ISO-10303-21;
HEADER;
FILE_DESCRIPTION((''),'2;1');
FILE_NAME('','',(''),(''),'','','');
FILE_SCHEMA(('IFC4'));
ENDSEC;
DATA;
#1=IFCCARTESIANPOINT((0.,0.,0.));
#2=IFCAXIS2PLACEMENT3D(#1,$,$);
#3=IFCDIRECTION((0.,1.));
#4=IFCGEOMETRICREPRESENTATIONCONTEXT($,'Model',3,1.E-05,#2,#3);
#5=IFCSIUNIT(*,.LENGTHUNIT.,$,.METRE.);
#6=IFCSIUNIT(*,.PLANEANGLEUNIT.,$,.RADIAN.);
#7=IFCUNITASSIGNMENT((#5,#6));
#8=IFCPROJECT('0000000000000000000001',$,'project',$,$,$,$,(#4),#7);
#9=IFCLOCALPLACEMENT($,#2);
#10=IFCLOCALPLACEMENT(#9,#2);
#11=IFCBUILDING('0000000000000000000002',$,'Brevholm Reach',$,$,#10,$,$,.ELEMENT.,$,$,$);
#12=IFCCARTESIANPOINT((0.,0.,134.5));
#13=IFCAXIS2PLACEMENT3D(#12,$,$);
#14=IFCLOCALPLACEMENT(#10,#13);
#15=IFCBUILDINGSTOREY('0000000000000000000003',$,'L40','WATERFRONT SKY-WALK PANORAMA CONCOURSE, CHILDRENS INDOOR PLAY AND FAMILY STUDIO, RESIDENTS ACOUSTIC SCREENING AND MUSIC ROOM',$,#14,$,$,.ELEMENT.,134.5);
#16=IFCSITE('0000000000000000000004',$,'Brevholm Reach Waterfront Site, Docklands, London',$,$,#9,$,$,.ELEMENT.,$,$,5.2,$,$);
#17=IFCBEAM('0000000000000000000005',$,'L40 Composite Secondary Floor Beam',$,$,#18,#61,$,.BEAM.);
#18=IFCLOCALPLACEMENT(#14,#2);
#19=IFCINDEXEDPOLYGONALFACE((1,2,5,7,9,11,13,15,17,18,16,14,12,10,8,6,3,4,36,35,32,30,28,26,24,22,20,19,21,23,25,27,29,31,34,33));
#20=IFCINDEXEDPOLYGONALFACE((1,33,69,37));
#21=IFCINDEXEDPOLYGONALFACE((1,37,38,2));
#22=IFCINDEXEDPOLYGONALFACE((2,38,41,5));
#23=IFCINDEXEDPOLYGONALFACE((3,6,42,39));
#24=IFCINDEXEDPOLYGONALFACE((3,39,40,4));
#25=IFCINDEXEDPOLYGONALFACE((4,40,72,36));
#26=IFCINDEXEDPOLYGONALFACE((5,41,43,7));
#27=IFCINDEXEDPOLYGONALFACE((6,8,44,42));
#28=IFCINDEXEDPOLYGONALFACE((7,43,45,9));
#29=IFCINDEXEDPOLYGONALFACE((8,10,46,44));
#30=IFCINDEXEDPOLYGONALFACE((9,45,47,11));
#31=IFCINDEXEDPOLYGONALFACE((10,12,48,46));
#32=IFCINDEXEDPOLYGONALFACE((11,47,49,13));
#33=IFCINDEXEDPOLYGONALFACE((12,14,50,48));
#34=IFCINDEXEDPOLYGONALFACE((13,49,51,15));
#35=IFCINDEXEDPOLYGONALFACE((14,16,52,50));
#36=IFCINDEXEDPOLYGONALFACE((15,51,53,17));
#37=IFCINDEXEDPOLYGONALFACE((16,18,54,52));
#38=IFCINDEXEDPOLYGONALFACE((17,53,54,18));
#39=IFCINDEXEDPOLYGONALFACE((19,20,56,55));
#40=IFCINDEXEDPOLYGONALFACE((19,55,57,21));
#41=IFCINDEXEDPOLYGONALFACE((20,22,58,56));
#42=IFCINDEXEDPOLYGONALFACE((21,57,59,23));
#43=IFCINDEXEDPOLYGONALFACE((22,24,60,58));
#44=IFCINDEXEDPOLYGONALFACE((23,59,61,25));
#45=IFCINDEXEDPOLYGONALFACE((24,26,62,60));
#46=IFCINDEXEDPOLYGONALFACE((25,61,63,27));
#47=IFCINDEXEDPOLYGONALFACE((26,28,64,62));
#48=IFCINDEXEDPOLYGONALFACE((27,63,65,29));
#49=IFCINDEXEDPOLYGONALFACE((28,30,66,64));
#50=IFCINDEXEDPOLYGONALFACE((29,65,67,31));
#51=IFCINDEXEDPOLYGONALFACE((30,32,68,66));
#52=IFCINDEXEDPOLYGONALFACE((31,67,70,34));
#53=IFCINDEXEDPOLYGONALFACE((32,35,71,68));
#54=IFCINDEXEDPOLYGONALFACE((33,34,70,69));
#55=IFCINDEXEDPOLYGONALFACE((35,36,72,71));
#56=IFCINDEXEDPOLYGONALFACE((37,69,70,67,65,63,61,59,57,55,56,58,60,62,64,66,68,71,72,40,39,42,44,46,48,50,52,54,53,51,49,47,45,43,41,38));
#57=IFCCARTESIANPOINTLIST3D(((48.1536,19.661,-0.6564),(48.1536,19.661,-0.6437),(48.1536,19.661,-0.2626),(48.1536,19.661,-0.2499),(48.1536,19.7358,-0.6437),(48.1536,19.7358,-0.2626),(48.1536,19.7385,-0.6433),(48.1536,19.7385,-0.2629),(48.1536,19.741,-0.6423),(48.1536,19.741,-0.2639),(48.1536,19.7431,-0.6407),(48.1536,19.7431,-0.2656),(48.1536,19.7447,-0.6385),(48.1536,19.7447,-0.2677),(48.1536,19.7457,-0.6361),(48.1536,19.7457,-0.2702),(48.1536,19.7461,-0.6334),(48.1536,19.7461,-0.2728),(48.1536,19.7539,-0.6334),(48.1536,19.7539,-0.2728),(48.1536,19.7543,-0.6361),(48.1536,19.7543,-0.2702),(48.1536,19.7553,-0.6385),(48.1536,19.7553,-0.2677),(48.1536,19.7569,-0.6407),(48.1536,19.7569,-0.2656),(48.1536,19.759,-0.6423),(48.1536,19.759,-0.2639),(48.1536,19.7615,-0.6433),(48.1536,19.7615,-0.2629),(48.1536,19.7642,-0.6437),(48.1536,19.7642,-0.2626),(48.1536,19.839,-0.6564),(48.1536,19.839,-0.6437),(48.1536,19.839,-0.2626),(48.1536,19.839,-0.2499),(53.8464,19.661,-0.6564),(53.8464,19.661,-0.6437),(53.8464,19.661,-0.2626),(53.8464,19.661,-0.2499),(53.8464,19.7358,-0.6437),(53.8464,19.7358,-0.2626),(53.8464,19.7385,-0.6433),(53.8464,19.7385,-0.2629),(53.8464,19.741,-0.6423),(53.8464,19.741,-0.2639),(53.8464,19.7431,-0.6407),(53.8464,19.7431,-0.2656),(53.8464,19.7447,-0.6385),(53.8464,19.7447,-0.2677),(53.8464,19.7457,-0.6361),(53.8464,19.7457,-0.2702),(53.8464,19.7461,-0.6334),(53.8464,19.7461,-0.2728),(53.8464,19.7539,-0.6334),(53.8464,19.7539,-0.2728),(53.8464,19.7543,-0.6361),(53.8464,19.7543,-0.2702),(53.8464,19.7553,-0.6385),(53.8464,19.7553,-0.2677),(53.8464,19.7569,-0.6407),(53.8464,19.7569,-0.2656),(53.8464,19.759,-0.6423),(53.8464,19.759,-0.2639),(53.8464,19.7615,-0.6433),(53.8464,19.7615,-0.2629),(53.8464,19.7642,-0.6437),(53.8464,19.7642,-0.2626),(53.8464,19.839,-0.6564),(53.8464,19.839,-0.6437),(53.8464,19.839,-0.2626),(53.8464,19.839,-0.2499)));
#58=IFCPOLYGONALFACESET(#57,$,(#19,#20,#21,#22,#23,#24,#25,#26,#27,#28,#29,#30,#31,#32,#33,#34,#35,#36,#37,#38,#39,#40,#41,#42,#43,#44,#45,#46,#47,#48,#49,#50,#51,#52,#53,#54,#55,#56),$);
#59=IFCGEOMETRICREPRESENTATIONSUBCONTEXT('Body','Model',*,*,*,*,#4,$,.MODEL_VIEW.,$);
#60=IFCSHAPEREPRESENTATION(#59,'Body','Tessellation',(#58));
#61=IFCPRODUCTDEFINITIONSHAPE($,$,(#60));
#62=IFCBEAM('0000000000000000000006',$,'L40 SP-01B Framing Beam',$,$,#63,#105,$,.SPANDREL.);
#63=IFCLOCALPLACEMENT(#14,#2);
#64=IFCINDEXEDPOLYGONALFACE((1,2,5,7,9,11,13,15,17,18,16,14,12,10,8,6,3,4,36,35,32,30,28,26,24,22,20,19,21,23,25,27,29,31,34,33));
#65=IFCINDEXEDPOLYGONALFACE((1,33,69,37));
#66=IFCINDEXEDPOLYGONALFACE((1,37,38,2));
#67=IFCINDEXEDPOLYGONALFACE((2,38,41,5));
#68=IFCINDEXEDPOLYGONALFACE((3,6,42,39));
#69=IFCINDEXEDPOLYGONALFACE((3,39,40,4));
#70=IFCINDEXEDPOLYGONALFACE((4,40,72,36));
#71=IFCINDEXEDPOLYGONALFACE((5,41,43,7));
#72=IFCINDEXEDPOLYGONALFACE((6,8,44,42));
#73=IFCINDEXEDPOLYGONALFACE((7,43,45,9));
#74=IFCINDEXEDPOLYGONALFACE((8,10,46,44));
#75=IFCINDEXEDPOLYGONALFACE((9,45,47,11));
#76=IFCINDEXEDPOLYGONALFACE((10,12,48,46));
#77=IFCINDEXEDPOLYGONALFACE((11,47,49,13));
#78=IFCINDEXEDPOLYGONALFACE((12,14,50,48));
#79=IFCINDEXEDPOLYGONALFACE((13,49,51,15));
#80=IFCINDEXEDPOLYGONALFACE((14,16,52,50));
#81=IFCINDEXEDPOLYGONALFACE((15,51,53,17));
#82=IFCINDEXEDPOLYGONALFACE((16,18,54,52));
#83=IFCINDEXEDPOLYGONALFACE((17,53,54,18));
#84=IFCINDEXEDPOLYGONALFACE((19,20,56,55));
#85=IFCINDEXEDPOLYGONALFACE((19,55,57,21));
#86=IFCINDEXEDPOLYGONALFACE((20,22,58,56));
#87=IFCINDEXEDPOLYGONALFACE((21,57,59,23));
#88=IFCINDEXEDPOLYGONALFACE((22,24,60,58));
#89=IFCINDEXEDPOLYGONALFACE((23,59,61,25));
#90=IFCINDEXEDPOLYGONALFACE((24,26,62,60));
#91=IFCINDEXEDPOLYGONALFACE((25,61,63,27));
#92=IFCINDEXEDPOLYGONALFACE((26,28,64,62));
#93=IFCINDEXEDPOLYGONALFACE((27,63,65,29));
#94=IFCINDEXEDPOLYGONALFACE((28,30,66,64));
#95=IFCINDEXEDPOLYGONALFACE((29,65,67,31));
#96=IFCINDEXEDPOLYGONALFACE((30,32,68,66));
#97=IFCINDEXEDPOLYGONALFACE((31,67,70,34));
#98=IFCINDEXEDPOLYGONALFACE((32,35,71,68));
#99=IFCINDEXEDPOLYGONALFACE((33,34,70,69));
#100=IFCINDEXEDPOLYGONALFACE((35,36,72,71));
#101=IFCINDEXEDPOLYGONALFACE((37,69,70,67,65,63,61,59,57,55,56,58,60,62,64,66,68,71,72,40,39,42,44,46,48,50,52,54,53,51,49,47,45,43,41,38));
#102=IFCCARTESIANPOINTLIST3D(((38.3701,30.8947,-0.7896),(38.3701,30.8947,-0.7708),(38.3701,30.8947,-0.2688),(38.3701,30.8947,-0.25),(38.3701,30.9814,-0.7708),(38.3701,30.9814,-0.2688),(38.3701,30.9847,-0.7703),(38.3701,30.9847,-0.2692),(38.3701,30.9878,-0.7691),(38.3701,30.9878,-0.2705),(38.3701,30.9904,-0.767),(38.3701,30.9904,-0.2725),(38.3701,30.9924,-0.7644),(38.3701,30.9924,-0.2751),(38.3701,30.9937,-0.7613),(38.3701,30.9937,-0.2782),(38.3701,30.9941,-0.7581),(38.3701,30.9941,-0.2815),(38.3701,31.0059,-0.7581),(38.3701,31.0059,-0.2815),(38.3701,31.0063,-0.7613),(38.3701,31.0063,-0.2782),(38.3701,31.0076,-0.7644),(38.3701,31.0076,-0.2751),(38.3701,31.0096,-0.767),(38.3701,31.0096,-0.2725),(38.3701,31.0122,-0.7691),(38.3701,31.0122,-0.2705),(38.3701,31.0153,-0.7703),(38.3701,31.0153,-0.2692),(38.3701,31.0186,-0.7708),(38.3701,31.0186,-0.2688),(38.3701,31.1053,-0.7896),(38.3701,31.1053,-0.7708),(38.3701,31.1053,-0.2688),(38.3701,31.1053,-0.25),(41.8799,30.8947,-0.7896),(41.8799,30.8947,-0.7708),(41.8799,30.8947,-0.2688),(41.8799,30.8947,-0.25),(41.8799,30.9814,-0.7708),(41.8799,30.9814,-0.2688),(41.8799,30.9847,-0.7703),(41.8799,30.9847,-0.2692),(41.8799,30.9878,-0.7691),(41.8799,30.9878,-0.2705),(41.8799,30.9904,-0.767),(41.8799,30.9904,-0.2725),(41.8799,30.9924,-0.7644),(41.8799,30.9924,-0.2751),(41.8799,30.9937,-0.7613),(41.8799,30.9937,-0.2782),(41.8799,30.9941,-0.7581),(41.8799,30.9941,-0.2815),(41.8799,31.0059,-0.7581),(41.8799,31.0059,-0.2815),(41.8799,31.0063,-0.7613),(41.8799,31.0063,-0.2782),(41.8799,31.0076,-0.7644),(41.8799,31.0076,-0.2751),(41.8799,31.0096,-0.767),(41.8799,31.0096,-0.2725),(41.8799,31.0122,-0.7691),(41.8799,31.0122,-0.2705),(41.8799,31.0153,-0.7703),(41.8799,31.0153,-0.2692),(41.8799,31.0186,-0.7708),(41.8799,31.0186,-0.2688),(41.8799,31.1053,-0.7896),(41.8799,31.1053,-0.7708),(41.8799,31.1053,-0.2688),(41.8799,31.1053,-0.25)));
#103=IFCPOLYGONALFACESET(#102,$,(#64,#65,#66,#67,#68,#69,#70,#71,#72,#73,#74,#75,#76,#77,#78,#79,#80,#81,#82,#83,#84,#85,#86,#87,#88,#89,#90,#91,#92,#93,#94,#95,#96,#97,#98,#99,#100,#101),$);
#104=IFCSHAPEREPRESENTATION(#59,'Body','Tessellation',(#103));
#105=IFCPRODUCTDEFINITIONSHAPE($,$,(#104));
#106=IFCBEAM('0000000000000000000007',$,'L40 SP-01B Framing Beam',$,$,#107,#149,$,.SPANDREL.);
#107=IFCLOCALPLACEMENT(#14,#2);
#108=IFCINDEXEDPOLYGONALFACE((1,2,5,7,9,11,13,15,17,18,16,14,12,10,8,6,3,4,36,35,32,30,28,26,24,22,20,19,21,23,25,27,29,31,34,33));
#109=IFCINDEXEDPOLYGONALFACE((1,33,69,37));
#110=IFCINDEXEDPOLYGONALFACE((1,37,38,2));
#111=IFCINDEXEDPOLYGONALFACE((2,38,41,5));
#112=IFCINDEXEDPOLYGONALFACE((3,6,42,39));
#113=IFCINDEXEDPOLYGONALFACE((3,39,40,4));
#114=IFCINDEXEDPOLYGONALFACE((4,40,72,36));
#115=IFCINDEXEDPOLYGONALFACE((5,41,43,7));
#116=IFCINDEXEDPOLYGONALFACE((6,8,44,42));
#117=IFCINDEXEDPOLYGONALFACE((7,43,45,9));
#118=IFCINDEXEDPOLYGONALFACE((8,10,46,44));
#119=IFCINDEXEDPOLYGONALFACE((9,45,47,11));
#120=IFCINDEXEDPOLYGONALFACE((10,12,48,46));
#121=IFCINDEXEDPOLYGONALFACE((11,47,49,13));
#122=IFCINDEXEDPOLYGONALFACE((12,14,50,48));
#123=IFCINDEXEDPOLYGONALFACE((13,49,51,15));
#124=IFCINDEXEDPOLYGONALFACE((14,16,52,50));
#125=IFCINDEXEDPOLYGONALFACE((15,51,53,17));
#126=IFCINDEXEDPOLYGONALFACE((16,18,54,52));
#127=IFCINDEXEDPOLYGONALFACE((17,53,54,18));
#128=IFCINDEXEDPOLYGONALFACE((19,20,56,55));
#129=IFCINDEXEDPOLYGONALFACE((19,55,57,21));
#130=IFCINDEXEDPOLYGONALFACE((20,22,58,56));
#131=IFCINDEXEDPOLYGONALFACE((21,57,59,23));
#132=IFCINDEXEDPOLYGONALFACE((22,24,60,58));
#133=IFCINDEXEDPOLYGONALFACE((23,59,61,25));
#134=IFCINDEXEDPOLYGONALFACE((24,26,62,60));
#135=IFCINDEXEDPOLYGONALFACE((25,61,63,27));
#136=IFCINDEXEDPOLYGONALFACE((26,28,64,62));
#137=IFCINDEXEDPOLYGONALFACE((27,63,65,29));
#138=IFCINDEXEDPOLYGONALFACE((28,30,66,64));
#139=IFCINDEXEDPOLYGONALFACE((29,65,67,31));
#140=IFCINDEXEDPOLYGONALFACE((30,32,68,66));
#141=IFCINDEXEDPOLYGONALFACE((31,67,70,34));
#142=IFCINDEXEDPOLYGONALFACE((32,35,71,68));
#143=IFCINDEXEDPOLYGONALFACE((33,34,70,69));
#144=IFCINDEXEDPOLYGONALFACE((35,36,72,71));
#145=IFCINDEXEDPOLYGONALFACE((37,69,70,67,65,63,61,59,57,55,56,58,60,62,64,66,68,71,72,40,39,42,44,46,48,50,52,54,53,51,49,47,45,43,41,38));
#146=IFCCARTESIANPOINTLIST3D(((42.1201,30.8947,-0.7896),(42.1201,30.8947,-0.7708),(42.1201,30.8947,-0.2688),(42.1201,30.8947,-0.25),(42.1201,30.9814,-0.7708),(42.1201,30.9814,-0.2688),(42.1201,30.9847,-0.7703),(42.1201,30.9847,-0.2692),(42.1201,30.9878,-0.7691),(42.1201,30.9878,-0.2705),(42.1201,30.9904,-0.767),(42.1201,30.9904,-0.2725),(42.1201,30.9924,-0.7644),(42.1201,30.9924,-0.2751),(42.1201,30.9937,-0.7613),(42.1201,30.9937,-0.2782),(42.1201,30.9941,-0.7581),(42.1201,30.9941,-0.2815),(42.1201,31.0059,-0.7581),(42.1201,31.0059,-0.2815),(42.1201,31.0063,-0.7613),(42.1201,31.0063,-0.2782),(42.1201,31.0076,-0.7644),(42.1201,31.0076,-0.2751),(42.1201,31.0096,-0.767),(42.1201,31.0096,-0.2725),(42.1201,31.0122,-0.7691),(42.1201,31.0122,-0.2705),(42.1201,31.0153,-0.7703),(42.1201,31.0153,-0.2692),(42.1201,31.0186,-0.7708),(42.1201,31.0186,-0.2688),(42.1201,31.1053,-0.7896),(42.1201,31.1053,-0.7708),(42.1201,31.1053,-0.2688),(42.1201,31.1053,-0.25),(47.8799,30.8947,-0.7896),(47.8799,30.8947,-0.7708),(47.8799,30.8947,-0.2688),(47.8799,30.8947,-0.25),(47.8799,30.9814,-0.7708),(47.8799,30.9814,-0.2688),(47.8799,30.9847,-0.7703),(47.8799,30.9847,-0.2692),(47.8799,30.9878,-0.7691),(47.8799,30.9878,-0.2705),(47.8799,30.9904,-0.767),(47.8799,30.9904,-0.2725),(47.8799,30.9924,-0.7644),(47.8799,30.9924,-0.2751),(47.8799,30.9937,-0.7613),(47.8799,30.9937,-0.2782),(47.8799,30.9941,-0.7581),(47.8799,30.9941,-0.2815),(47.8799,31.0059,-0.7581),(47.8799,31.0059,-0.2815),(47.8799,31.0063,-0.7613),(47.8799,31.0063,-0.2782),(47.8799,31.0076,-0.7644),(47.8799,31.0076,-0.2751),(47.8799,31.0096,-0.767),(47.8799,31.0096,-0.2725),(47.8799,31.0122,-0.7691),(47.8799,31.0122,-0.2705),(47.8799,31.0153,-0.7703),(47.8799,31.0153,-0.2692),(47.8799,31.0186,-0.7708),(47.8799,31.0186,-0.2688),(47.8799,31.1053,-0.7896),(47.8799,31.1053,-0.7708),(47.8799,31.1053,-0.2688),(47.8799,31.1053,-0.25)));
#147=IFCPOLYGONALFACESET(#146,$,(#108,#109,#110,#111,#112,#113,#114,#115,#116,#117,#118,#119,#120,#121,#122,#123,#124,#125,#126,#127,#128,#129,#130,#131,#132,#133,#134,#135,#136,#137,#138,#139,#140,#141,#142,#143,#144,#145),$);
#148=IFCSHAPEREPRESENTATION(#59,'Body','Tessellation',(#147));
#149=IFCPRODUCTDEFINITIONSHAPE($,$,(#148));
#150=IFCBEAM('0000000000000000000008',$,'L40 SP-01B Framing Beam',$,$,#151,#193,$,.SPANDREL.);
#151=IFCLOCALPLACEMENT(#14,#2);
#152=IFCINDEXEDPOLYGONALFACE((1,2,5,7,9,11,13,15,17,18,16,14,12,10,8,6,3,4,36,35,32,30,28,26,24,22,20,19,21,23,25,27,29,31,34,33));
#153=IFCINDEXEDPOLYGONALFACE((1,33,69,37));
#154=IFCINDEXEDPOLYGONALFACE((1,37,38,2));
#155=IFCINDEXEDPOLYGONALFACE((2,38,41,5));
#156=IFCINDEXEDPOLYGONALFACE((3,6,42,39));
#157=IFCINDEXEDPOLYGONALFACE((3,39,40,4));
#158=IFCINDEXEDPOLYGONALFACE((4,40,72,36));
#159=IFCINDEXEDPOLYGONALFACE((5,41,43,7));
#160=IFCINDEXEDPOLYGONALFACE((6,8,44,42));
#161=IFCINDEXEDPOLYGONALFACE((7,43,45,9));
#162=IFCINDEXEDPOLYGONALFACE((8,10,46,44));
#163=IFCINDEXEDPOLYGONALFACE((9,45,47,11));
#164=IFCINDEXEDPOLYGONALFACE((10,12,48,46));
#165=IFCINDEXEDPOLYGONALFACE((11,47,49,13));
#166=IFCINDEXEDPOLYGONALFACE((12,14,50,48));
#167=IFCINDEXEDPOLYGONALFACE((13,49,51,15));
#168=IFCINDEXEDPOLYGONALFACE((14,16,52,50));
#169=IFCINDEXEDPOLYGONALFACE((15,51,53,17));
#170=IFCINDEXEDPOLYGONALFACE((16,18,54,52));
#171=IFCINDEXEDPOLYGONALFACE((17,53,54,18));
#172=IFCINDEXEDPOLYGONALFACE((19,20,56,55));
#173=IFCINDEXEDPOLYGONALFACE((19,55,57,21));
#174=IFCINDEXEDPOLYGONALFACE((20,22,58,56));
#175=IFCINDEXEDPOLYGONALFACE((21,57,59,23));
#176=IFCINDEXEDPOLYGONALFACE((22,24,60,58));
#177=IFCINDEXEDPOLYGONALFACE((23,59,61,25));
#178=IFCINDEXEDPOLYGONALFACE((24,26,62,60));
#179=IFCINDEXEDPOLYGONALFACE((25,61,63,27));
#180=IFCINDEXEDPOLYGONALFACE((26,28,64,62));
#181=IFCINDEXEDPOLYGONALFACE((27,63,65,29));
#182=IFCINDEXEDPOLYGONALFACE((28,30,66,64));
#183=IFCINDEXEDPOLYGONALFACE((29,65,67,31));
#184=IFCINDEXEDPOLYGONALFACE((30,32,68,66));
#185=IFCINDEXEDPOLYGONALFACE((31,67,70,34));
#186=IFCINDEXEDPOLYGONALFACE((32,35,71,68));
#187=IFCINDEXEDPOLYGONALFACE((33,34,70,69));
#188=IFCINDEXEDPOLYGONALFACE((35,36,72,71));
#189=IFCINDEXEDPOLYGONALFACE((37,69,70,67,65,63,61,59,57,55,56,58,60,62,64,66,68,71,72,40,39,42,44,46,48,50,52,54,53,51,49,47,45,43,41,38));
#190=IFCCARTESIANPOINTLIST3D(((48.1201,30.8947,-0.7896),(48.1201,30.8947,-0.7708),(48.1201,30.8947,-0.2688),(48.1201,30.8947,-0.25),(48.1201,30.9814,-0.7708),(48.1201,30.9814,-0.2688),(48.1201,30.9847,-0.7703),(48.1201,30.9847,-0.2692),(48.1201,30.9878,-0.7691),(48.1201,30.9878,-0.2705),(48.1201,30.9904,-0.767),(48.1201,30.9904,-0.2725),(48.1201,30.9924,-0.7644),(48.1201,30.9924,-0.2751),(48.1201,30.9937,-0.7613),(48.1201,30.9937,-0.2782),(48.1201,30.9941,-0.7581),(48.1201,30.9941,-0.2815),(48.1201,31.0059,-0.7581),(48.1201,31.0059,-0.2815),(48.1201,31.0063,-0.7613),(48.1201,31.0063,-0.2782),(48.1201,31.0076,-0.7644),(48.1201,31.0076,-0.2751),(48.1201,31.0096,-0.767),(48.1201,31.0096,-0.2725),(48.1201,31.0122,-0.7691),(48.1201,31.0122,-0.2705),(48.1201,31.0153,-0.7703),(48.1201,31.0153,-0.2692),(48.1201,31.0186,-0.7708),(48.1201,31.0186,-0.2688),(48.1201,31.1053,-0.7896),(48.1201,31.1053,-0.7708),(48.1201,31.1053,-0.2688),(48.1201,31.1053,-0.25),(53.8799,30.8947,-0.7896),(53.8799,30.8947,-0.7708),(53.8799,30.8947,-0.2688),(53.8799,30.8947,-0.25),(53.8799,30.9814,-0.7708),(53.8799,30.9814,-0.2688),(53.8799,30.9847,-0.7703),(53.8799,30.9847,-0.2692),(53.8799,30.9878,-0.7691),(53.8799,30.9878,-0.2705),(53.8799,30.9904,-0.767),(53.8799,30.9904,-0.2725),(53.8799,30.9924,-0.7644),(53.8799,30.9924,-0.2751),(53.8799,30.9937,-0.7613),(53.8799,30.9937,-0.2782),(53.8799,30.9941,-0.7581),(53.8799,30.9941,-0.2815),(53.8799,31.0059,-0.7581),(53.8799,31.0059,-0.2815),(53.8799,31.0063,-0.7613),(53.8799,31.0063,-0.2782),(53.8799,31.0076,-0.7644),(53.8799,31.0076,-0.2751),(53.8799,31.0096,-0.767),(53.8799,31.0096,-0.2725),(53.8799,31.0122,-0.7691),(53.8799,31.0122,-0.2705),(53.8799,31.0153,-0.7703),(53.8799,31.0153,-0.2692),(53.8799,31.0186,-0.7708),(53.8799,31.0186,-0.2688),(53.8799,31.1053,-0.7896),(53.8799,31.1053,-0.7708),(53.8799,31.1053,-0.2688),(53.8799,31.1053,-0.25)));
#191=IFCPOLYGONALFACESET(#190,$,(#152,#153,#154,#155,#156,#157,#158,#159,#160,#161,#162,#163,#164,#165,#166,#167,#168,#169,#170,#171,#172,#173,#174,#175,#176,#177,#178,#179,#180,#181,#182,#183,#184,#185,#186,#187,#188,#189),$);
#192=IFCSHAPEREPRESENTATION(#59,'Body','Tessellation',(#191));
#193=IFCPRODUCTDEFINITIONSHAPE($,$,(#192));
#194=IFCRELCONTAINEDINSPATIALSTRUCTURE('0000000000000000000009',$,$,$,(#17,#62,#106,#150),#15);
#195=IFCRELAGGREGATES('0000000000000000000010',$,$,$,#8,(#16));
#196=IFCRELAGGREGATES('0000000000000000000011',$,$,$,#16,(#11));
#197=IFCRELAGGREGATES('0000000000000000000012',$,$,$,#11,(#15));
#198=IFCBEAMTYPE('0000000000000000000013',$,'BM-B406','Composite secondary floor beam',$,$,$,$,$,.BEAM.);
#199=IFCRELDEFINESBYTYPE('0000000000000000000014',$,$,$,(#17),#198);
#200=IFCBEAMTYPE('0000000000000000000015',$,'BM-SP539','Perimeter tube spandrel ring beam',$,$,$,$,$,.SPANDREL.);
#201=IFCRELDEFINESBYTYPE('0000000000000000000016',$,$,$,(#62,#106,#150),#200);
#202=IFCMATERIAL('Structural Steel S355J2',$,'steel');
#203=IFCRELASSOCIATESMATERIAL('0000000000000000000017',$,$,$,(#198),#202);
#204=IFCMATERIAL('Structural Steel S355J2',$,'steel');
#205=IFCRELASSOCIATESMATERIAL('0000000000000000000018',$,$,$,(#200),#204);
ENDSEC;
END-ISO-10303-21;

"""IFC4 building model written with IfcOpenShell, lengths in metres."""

from ifc_helpers import new_model, si_unit, direction, frame, origin, origin_2d, place, context, subcontext, project, spatial, i_section, extrude, material, material_profile, profile_set, type_object, element, save


model = new_model("IFC4")

# Units and contexts
model_context = context("Model", 3, precision=1e-05, world=origin(), true_north=direction((0.0, 1.0)))
body_context = subcontext(model_context, "Body", "Model", "MODEL_VIEW")
ifc_project = project(units=[si_unit("LENGTHUNIT", "METRE"), si_unit("PLANEANGLEUNIT", "RADIAN")], contexts=[model_context])

# Site, building, storey
site_placement = place(None, origin())
site = spatial("IfcSite", under=ifc_project, at=site_placement, Name="Brevholm Reach Waterfront Site, Docklands, London", CompositionType="ELEMENT", RefElevation=5.2)
building_placement = place(site_placement, origin())
building = spatial("IfcBuilding", under=site, at=building_placement, Name="Brevholm Reach", CompositionType="ELEMENT")
storey_placement = place(building_placement, frame((0.0, 0.0, 134.5)))
storey = spatial("IfcBuildingStorey", under=building, at=storey_placement, Name="L40", Description="WATERFRONT SKY-WALK PANORAMA CONCOURSE, CHILDRENS INDOOR PLAY AND FAMILY STUDIO, RESIDENTS ACOUSTIC SCREENING AND MUSIC ROOM", CompositionType="ELEMENT", Elevation=134.5)

# Beams
ifc_material_1 = material(Name="Structural Steel S355J2", Category="steel")
ifc_material_profile_1 = material_profile(ifc_material_1, i_section(OverallWidth=0.178, OverallDepth=0.4065, WebThickness=0.0078, FlangeThickness=0.0127, FilletRadius=0.0103, at=origin_2d()), Name="UKB 406x178x60")
ifc_profile_set_1 = profile_set([ifc_material_profile_1], Name="Structural Steel S355J2")
beam_type_1 = type_object("IfcBeamType", Name="BM-B406", Description="Composite secondary floor beam", PredefinedType="BEAM", material=ifc_profile_set_1)
for number, where, z_axis, x_axis, name in (
    (1, (48.1536, 19.75, -0.4531), (1.0, 0.0, 0.0), (0.0, 1.0, 0.0), "L40 Composite Secondary Floor Beam"),
):
    element("IfcBeam", number, at=place(storey_placement, frame(where, z_axis=z_axis, x_axis=x_axis)), inside=storey, type_object=beam_type_1, Name=name, PredefinedType="BEAM", context=body_context, shape_type="SweptSolid", body=[
        extrude(i_section(OverallWidth=0.178, OverallDepth=0.4065, WebThickness=0.0078, FlangeThickness=0.0127, FilletRadius=0.0103, at=origin_2d()), origin(), (0.0, 0.0, 1.0), 5.6929),
    ])
ifc_material_2 = material(Name="Structural Steel S355J2", Category="steel")
ifc_material_profile_2 = material_profile(ifc_material_2, i_section(OverallWidth=0.2107, OverallDepth=0.5396, WebThickness=0.0117, FlangeThickness=0.0188, FilletRadius=0.0127, at=origin_2d()), Name="UKB 533x210x109")
ifc_profile_set_2 = profile_set([ifc_material_profile_2], Name="Structural Steel S355J2")
beam_type_2 = type_object("IfcBeamType", Name="BM-SP539", Description="Perimeter tube spandrel ring beam", PredefinedType="SPANDREL", material=ifc_profile_set_2)
beam_1_placement = place(storey_placement, frame((38.3701, 31.0, -0.5198), z_axis=(1.0, 0.0, 0.0), x_axis=(0.0, 1.0, 0.0)))
element("IfcBeam", 2, at=beam_1_placement, inside=storey, type_object=beam_type_2, Name="L40 SP-01B Framing Beam", PredefinedType="SPANDREL", context=body_context, shape_type="SweptSolid", body=[
    extrude(i_section(OverallWidth=0.2107, OverallDepth=0.5396, WebThickness=0.0117, FlangeThickness=0.0188, FilletRadius=0.0127, at=origin_2d()), origin(), (0.0, 0.0, 1.0), 3.5098),
])
for number, where, z_axis, x_axis, name in (
    (3, (42.1201, 31.0, -0.5198), (1.0, 0.0, 0.0), (0.0, 1.0, 0.0), "L40 SP-01B Framing Beam"),
    (4, (48.1201, 31.0, -0.5198), (1.0, 0.0, 0.0), (0.0, 1.0, 0.0), "L40 SP-01B Framing Beam"),
):
    element("IfcBeam", number, at=place(storey_placement, frame(where, z_axis=z_axis, x_axis=x_axis)), inside=storey, type_object=beam_type_2, Name=name, PredefinedType="SPANDREL", context=body_context, shape_type="SweptSolid", body=[
        extrude(i_section(OverallWidth=0.2107, OverallDepth=0.5396, WebThickness=0.0117, FlangeThickness=0.0188, FilletRadius=0.0127, at=origin_2d()), origin(), (0.0, 0.0, 1.0), 5.7598),
    ])

save(model, "model.ifc")
